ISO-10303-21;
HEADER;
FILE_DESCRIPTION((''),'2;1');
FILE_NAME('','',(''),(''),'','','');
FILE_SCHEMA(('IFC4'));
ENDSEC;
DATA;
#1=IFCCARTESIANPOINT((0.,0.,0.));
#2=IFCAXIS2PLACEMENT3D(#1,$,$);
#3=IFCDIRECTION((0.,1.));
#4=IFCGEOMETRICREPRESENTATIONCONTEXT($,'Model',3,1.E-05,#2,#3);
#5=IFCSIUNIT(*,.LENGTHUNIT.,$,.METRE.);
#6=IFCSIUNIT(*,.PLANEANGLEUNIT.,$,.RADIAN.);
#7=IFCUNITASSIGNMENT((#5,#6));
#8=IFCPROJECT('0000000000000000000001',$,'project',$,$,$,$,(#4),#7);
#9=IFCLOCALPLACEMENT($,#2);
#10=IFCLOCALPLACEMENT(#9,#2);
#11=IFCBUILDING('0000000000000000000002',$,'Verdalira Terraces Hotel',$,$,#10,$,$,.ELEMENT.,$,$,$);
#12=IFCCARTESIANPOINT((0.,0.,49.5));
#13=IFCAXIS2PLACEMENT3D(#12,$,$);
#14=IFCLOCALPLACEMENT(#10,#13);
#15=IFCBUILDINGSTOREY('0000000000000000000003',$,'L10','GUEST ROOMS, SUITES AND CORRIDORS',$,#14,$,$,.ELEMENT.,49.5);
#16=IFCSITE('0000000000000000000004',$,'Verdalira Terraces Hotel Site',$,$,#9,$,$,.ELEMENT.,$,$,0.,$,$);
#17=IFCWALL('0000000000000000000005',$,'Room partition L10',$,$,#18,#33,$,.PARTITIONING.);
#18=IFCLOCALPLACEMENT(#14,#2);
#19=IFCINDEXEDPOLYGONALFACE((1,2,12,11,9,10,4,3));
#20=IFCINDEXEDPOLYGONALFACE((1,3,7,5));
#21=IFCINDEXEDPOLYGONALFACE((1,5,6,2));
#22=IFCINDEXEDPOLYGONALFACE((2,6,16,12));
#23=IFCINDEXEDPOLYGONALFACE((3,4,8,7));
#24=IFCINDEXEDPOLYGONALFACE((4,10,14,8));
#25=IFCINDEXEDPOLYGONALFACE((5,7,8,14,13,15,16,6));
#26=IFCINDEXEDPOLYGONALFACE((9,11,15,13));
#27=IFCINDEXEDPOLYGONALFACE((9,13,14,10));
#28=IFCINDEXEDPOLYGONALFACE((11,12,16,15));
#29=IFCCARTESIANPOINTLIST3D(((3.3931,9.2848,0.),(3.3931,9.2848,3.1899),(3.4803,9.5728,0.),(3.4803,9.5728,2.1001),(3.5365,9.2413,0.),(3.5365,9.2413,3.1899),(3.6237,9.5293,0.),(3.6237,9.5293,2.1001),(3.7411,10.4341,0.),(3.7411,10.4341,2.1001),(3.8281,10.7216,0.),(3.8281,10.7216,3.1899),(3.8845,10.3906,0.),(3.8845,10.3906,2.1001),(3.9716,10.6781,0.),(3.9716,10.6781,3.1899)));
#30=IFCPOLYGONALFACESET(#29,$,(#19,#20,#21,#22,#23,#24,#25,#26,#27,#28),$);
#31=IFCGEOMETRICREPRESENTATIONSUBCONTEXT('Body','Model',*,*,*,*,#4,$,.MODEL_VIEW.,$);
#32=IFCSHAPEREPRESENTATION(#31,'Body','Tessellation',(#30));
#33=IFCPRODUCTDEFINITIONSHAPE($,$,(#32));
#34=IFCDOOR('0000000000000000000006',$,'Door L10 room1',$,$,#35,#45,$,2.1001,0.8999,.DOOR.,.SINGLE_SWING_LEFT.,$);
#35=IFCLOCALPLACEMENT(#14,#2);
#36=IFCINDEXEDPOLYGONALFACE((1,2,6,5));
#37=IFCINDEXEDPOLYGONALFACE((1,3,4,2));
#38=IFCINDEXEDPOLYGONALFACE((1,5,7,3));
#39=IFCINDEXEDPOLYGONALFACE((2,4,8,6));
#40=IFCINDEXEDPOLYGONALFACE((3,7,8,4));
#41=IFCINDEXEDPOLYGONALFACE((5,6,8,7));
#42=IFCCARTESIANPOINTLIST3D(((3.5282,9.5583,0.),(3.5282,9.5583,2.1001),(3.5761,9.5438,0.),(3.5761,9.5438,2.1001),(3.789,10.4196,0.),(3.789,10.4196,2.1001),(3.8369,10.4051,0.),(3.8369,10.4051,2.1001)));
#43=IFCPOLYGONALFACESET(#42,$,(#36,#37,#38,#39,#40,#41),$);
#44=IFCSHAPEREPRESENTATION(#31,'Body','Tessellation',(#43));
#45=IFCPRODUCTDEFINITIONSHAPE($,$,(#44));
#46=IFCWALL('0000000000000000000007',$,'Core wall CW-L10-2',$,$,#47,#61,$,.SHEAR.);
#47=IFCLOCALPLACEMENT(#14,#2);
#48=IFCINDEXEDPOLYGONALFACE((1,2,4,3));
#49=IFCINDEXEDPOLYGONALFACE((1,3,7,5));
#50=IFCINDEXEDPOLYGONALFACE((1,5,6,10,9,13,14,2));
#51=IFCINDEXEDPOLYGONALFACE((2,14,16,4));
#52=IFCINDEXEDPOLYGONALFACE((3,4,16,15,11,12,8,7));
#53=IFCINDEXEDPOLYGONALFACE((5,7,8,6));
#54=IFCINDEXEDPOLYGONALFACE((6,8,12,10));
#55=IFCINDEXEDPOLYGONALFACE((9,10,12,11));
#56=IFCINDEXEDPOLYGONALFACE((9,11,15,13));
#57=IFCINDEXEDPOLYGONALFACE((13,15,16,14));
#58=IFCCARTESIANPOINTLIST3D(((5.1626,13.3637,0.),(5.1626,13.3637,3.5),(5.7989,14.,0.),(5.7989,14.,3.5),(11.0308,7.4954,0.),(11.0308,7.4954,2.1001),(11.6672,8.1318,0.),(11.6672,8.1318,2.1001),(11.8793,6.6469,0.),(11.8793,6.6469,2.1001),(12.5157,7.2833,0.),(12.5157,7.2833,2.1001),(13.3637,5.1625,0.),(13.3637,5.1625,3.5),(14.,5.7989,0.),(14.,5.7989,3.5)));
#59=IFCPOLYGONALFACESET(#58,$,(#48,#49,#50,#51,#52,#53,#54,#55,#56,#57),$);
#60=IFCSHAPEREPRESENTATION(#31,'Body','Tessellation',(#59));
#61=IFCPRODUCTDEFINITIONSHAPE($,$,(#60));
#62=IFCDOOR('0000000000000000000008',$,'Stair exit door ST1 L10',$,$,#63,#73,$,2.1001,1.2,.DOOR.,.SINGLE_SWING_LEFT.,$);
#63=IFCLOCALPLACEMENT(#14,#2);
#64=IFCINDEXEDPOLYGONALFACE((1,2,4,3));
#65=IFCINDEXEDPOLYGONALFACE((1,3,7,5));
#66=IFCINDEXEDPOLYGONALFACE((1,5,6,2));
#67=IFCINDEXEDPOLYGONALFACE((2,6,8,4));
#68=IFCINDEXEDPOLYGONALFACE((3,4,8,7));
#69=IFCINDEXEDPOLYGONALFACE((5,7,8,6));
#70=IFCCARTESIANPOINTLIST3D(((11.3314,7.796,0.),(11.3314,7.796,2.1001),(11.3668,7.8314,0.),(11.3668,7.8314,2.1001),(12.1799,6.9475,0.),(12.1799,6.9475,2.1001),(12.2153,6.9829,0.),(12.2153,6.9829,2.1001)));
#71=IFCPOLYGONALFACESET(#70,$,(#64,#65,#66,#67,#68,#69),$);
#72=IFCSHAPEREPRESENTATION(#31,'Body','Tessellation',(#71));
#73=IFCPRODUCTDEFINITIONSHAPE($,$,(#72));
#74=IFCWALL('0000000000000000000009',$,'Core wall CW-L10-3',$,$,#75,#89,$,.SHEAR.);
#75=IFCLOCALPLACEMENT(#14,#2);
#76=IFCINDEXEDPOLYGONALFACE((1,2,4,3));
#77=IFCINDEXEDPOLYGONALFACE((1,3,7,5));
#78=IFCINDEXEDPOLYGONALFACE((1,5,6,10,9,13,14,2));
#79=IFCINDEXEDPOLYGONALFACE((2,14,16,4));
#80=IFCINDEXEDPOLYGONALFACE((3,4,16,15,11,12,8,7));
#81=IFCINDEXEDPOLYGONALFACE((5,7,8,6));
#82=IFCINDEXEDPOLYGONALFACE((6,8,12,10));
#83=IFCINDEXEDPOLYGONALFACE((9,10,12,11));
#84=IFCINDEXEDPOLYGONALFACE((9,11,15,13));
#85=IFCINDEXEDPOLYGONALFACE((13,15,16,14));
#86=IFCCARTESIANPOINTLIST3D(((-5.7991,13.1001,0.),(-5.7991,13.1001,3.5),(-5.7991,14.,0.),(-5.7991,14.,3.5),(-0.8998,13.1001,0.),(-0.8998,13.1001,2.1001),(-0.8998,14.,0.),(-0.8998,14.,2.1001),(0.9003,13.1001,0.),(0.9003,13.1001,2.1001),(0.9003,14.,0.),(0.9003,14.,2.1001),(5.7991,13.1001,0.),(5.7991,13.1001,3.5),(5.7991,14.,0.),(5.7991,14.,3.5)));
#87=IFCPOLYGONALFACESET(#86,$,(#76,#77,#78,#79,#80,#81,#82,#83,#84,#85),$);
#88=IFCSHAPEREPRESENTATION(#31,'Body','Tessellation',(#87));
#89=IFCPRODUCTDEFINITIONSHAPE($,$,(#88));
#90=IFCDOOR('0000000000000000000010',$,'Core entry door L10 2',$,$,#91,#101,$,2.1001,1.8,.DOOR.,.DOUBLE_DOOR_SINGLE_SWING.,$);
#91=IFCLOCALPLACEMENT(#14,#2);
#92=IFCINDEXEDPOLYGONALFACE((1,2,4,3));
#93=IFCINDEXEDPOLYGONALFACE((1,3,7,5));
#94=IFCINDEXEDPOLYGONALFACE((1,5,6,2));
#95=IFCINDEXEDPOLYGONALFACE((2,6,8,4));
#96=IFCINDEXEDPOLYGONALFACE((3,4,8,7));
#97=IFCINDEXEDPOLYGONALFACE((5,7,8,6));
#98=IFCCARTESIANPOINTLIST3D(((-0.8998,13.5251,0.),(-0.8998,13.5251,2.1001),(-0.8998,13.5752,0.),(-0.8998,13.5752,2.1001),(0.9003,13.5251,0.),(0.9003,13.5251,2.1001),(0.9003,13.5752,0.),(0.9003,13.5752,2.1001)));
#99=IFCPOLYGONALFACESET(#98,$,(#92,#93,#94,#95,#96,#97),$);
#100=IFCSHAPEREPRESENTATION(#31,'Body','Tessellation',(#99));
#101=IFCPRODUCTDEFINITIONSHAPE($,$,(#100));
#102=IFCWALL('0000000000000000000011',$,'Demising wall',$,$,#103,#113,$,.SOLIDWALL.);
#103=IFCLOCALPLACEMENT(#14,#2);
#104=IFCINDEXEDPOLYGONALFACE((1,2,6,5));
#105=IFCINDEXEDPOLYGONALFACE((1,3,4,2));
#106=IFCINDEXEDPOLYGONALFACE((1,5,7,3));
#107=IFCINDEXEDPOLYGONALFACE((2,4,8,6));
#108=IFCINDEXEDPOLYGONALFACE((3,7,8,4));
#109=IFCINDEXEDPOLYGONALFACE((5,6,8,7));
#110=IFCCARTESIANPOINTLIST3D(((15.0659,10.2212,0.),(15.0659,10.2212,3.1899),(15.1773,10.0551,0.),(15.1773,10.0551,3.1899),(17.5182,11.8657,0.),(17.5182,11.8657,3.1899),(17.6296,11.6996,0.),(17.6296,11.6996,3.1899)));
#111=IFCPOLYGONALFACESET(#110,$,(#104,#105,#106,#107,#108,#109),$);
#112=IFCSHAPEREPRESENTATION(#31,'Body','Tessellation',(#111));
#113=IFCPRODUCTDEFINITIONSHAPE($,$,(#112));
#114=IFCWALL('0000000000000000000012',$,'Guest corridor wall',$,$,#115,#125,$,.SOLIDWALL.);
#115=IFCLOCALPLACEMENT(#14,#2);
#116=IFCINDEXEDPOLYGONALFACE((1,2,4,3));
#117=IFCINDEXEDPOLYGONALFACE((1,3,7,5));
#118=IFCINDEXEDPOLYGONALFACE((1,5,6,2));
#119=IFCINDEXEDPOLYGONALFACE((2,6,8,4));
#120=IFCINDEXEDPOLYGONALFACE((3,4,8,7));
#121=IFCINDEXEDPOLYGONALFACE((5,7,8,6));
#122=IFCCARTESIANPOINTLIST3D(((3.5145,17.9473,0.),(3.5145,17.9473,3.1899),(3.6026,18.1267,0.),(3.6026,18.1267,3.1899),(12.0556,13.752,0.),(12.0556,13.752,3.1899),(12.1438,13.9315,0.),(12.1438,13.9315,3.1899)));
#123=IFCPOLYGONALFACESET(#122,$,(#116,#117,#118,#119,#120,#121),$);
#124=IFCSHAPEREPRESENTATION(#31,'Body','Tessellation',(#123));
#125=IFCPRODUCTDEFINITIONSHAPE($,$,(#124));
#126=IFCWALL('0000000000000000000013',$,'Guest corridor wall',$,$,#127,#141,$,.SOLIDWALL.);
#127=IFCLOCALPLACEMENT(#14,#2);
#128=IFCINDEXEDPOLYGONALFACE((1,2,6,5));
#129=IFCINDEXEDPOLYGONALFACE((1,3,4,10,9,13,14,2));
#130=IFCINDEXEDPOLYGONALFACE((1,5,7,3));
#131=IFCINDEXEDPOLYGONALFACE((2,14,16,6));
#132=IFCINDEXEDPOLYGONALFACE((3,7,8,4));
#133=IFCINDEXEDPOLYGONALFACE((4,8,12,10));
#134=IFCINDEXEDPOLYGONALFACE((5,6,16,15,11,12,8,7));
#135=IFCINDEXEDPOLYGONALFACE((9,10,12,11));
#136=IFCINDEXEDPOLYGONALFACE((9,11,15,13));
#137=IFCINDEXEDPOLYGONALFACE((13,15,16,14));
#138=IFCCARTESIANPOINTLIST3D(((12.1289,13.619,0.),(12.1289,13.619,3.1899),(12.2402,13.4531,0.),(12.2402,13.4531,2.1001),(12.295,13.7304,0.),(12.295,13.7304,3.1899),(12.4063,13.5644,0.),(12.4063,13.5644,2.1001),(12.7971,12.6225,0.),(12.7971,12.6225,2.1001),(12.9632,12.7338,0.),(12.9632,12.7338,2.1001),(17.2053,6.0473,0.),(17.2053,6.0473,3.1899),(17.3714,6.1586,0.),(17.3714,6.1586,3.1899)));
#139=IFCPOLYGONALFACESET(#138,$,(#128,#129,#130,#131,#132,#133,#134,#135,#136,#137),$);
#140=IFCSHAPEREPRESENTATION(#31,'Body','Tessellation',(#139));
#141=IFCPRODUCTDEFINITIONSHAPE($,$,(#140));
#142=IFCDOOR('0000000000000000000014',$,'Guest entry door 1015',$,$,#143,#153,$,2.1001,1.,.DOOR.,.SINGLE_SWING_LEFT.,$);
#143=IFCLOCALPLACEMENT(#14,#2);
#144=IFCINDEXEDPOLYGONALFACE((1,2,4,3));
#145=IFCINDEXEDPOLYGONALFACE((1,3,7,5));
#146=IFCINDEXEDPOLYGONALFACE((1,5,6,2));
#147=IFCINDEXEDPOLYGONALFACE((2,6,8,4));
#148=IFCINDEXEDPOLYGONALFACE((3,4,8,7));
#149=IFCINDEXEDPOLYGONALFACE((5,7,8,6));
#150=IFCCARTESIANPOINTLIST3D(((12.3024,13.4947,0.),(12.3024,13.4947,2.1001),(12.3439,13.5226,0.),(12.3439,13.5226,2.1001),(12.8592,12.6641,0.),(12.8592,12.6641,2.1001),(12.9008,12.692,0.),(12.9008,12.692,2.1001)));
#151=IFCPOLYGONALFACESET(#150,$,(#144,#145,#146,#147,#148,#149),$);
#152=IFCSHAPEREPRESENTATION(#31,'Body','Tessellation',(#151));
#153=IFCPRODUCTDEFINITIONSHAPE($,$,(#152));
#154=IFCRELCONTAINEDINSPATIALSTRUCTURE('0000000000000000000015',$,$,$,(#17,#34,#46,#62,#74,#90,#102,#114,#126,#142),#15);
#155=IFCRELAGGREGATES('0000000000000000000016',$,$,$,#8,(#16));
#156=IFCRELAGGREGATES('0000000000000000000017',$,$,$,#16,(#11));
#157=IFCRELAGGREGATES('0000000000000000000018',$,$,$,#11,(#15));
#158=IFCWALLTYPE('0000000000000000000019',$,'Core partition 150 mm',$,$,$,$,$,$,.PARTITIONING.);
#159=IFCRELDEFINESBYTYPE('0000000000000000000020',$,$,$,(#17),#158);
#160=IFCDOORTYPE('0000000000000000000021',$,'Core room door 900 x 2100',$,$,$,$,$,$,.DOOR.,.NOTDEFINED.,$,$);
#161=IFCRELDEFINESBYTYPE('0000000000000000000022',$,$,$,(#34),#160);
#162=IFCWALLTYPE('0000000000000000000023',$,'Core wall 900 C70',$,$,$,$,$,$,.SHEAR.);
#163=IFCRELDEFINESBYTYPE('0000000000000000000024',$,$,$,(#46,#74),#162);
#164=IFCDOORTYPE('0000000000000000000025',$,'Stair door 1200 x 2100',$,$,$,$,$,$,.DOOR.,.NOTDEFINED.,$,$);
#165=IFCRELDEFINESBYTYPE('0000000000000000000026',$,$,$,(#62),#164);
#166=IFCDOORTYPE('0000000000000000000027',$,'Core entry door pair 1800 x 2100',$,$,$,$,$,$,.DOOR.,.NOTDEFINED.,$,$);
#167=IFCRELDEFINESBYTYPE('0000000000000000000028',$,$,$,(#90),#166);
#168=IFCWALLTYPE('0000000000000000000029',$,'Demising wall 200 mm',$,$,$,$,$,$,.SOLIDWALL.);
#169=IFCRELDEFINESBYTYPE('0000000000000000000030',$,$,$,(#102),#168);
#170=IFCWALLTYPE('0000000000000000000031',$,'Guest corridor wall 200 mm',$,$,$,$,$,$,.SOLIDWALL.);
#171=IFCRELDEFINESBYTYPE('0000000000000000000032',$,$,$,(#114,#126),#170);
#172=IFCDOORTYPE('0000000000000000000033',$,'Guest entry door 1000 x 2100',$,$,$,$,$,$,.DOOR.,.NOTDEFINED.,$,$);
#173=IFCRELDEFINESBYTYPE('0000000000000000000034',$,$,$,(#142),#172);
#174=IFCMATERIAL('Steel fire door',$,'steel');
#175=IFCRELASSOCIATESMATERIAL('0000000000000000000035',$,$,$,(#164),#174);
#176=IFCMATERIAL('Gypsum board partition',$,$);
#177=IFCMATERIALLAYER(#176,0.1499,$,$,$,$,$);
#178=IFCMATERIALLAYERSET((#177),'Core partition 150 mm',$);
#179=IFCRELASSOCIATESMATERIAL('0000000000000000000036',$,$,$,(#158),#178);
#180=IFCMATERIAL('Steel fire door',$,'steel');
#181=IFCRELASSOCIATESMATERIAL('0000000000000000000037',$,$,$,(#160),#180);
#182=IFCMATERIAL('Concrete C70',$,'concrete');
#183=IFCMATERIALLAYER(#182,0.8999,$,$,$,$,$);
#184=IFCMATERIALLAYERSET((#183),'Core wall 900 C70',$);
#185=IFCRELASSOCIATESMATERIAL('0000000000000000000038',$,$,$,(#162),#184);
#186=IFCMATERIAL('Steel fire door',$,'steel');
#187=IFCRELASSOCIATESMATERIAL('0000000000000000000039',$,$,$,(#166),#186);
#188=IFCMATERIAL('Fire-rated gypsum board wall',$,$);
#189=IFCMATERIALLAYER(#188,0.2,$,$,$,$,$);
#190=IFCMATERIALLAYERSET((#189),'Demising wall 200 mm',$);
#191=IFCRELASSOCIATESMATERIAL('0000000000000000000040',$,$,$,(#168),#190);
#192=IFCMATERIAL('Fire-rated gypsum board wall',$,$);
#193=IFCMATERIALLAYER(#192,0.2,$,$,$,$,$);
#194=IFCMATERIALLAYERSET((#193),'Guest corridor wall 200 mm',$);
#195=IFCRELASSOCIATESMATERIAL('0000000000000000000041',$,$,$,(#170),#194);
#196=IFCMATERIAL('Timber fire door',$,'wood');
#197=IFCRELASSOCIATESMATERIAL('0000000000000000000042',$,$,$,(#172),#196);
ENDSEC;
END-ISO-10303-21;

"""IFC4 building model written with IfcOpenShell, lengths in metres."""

from ifc_helpers import new_model, si_unit, direction, frame, frame_2d, origin, place, context, subcontext, project, spatial, rectangle, extrude, material, layer, layer_set, type_object, element, fill, save


model = new_model("IFC4")

# Units and contexts
model_context = context("Model", 3, precision=1e-05, world=origin(), true_north=direction((0.0, 1.0)))
body_context = subcontext(model_context, "Body", "Model", "MODEL_VIEW")
ifc_project = project(units=[si_unit("LENGTHUNIT", "METRE"), si_unit("PLANEANGLEUNIT", "RADIAN")], contexts=[model_context])

# Site, building, storey
site_placement = place(None, origin())
site = spatial("IfcSite", under=ifc_project, at=site_placement, Name="Verdalira Terraces Hotel Site", CompositionType="ELEMENT", RefElevation=0.0)
building_placement = place(site_placement, origin())
building = spatial("IfcBuilding", under=site, at=building_placement, Name="Verdalira Terraces Hotel", CompositionType="ELEMENT")
storey_placement = place(building_placement, frame((0.0, 0.0, 49.5)))
storey = spatial("IfcBuildingStorey", under=building, at=storey_placement, Name="L10", Description="GUEST ROOMS, SUITES AND CORRIDORS", CompositionType="ELEMENT", Elevation=49.5)

# Shared definitions
ifc_material_1 = material(Name="Steel fire door", Category="steel")
door_type_1 = type_object("IfcDoorType", Name="Stair door 1200 x 2100", OperationType="NOTDEFINED", PredefinedType="DOOR", material=ifc_material_1)

# Walls, openings, doors
ifc_material_2 = material(Name="Gypsum board partition")
ifc_layer_1 = layer(ifc_material_2, 0.1499)
ifc_layer_set_1 = layer_set([ifc_layer_1], Name="Core partition 150 mm")
wall_type_1 = type_object("IfcWallType", Name="Core partition 150 mm", PredefinedType="PARTITIONING", material=ifc_layer_set_1)
wall_1_placement = place(storey_placement, frame((3.4648, 9.2632, 0.0), z_axis=(0.0, 0.0, 1.0), x_axis=(0.289809, 0.957085, 0.0)))
wall_1 = element("IfcWall", 1, at=wall_1_placement, inside=storey, type_object=wall_type_1, Name="Room partition L10", PredefinedType="PARTITIONING", context=body_context, shape_type="SweptSolid", body=[
    extrude(rectangle(XDim=1.5012, YDim=0.1499, at=frame_2d((0.7505, 0.0))), origin(), (0.0, 0.0, 1.0), 3.1899),
])
opening_1_placement = place(wall_1_placement, frame((0.3008, 0.0, 0.0)))
opening_1 = element("IfcOpeningElement", 2, at=opening_1_placement, cuts=wall_1, PredefinedType="OPENING", context=body_context, shape_type="SweptSolid", body=[
    extrude(rectangle(XDim=0.8999, YDim=2.1001, at=frame_2d((0.45, 1.05))), frame((0.0, 0.085, 0.0), z_axis=(0.0, -1.0, 0.0), x_axis=(1.0, 0.0, 0.0)), (0.0, 0.0, 1.0), 0.1699),
])
ifc_material_3 = material(Name="Steel fire door", Category="steel")
door_type_2 = type_object("IfcDoorType", Name="Core room door 900 x 2100", OperationType="NOTDEFINED", PredefinedType="DOOR", material=ifc_material_3)
door_1_placement = place(opening_1_placement, origin())
door_1 = element("IfcDoor", 3, at=door_1_placement, inside=storey, type_object=door_type_2, Name="Door L10 room1", OperationType="SINGLE_SWING_LEFT", OverallHeight=2.1001, OverallWidth=0.8999, PredefinedType="DOOR", context=body_context, shape_type="SweptSolid", body=[
    extrude(rectangle(XDim=0.8999, YDim=2.1001, at=frame_2d((0.45, 1.05))), frame((0.0, 0.0249, 0.0), z_axis=(0.0, -1.0, 0.0), x_axis=(1.0, 0.0, 0.0)), (0.0, 0.0, 1.0), 0.05),
])
fill(opening_1, door_1)
ifc_material_4 = material(Name="Concrete C70", Category="concrete")
ifc_layer_2 = layer(ifc_material_4, 0.8999)
ifc_layer_set_2 = layer_set([ifc_layer_2], Name="Core wall 900 C70")
wall_type_2 = type_object("IfcWallType", Name="Core wall 900 C70", PredefinedType="SHEAR", material=ifc_layer_set_2)
wall_2_placement = place(storey_placement, frame((13.6819, 5.4807, 0.0), z_axis=(0.0, 0.0, 1.0), x_axis=(-0.707107, 0.707107, 0.0)))
wall_2 = element("IfcWall", 4, at=wall_2_placement, inside=storey, type_object=wall_type_2, Name="Core wall CW-L10-2", PredefinedType="SHEAR", context=body_context, shape_type="SweptSolid", body=[
    extrude(rectangle(XDim=11.5981, YDim=0.8999, at=frame_2d((5.7991, 0.0))), origin(), (0.0, 0.0, 1.0), 3.5),
])
opening_2_placement = place(wall_2_placement, frame((2.0991, 0.0, 0.0)))
opening_2 = element("IfcOpeningElement", 5, at=opening_2_placement, cuts=wall_2, PredefinedType="OPENING", context=body_context, shape_type="SweptSolid", body=[
    extrude(rectangle(XDim=1.2, YDim=2.1001, at=frame_2d((0.6001, 1.05))), frame((0.0, 0.46, 0.0), z_axis=(0.0, -1.0, 0.0), x_axis=(1.0, 0.0, 0.0)), (0.0, 0.0, 1.0), 0.9199),
])
door_2_placement = place(opening_2_placement, origin())
door_2 = element("IfcDoor", 6, at=door_2_placement, inside=storey, type_object=door_type_1, Name="Stair exit door ST1 L10", OperationType="SINGLE_SWING_LEFT", OverallHeight=2.1001, OverallWidth=1.2, PredefinedType="DOOR", context=body_context, shape_type="SweptSolid", body=[
    extrude(rectangle(XDim=1.2, YDim=2.1001, at=frame_2d((0.6001, 1.05))), frame((0.0, 0.0249, 0.0), z_axis=(0.0, -1.0, 0.0), x_axis=(1.0, 0.0, 0.0)), (0.0, 0.0, 1.0), 0.05),
])
fill(opening_2, door_2)
wall_3_placement = place(storey_placement, frame((5.7991, 13.55, 0.0), z_axis=(0.0, 0.0, 1.0), x_axis=(-1.0, 0.0, 0.0)))
wall_3 = element("IfcWall", 7, at=wall_3_placement, inside=storey, type_object=wall_type_2, Name="Core wall CW-L10-3", PredefinedType="SHEAR", context=body_context, shape_type="SweptSolid", body=[
    extrude(rectangle(XDim=11.5981, YDim=0.8999, at=frame_2d((5.7991, 0.0))), origin(), (0.0, 0.0, 1.0), 3.5),
])
opening_3_placement = place(wall_3_placement, frame((4.8989, 0.0, 0.0)))
opening_3 = element("IfcOpeningElement", 8, at=opening_3_placement, cuts=wall_3, PredefinedType="OPENING", context=body_context, shape_type="SweptSolid", body=[
    extrude(rectangle(XDim=1.8, YDim=2.1001, at=frame_2d((0.8999, 1.05))), frame((0.0, 0.46, 0.0), z_axis=(0.0, -1.0, 0.0), x_axis=(1.0, 0.0, 0.0)), (0.0, 0.0, 1.0), 0.9199),
])
ifc_material_5 = material(Name="Steel fire door", Category="steel")
door_type_3 = type_object("IfcDoorType", Name="Core entry door pair 1800 x 2100", OperationType="NOTDEFINED", PredefinedType="DOOR", material=ifc_material_5)
door_3_placement = place(opening_3_placement, origin())
door_3 = element("IfcDoor", 9, at=door_3_placement, inside=storey, type_object=door_type_3, Name="Core entry door L10 2", OperationType="DOUBLE_DOOR_SINGLE_SWING", OverallHeight=2.1001, OverallWidth=1.8, PredefinedType="DOOR", context=body_context, shape_type="SweptSolid", body=[
    extrude(rectangle(XDim=1.8, YDim=2.1001, at=frame_2d((0.8999, 1.05))), frame((0.0, 0.0249, 0.0), z_axis=(0.0, -1.0, 0.0), x_axis=(1.0, 0.0, 0.0)), (0.0, 0.0, 1.0), 0.05),
])
fill(opening_3, door_3)

# Walls
ifc_material_6 = material(Name="Fire-rated gypsum board wall")
ifc_layer_3 = layer(ifc_material_6, 0.2)
ifc_layer_set_3 = layer_set([ifc_layer_3], Name="Demising wall 200 mm")
wall_type_3 = type_object("IfcWallType", Name="Demising wall 200 mm", PredefinedType="SOLIDWALL", material=ifc_layer_set_3)
wall_4_placement = place(storey_placement, frame((15.1216, 10.1382, 0.0), z_axis=(0.0, 0.0, 1.0), x_axis=(0.830546, 0.55695, 0.0)))
element("IfcWall", 10, at=wall_4_placement, inside=storey, type_object=wall_type_3, Name="Demising wall", PredefinedType="SOLIDWALL", context=body_context, shape_type="SweptSolid", body=[
    extrude(rectangle(XDim=2.9526, YDim=0.2, at=frame_2d((1.4763, 0.0))), origin(), (0.0, 0.0, 1.0), 3.1899),
])
ifc_material_7 = material(Name="Fire-rated gypsum board wall")
ifc_layer_4 = layer(ifc_material_7, 0.2)
ifc_layer_set_4 = layer_set([ifc_layer_4], Name="Guest corridor wall 200 mm")
wall_type_4 = type_object("IfcWallType", Name="Guest corridor wall 200 mm", PredefinedType="SOLIDWALL", material=ifc_layer_set_4)
wall_5_placement = place(storey_placement, frame((12.0996, 13.8418, 0.0), z_axis=(0.0, 0.0, 1.0), x_axis=(-0.897571, 0.440871, 0.0)))
element("IfcWall", 11, at=wall_5_placement, inside=storey, type_object=wall_type_4, Name="Guest corridor wall", PredefinedType="SOLIDWALL", context=body_context, shape_type="SweptSolid", body=[
    extrude(rectangle(XDim=9.5159, YDim=0.2, at=frame_2d((4.7578, 0.0))), origin(), (0.0, 0.0, 1.0), 3.1899),
])

# Wall, opening, door
wall_6_placement = place(storey_placement, frame((12.2119, 13.6748, 0.0), z_axis=(0.0, 0.0, 1.0), x_axis=(0.556868, -0.830601, 0.0)))
wall_6 = element("IfcWall", 12, at=wall_6_placement, inside=storey, type_object=wall_type_4, Name="Guest corridor wall", PredefinedType="SOLIDWALL", context=body_context, shape_type="SweptSolid", body=[
    extrude(rectangle(XDim=9.116, YDim=0.2, at=frame_2d((4.5581, 0.0))), origin(), (0.0, 0.0, 1.0), 3.1899),
])
opening_4_placement = place(wall_6_placement, frame((0.2, 0.0, 0.0)))
opening_4 = element("IfcOpeningElement", 13, at=opening_4_placement, cuts=wall_6, PredefinedType="OPENING", context=body_context, shape_type="SweptSolid", body=[
    extrude(rectangle(XDim=1.0, YDim=2.1001, at=frame_2d((0.5, 1.05))), frame((0.0, 0.1099, 0.0), z_axis=(0.0, -1.0, 0.0), x_axis=(1.0, 0.0, 0.0)), (0.0, 0.0, 1.0), 0.22),
])
ifc_material_8 = material(Name="Timber fire door", Category="wood")
door_type_4 = type_object("IfcDoorType", Name="Guest entry door 1000 x 2100", OperationType="NOTDEFINED", PredefinedType="DOOR", material=ifc_material_8)
door_4_placement = place(opening_4_placement, origin())
door_4 = element("IfcDoor", 14, at=door_4_placement, inside=storey, type_object=door_type_4, Name="Guest entry door 1015", OperationType="SINGLE_SWING_LEFT", OverallHeight=2.1001, OverallWidth=1.0, PredefinedType="DOOR", context=body_context, shape_type="SweptSolid", body=[
    extrude(rectangle(XDim=1.0, YDim=2.1001, at=frame_2d((0.5, 1.05))), frame((0.0, 0.0249, 0.0), z_axis=(0.0, -1.0, 0.0), x_axis=(1.0, 0.0, 0.0)), (0.0, 0.0, 1.0), 0.05),
])
fill(opening_4, door_4)

save(model, "model.ifc")
